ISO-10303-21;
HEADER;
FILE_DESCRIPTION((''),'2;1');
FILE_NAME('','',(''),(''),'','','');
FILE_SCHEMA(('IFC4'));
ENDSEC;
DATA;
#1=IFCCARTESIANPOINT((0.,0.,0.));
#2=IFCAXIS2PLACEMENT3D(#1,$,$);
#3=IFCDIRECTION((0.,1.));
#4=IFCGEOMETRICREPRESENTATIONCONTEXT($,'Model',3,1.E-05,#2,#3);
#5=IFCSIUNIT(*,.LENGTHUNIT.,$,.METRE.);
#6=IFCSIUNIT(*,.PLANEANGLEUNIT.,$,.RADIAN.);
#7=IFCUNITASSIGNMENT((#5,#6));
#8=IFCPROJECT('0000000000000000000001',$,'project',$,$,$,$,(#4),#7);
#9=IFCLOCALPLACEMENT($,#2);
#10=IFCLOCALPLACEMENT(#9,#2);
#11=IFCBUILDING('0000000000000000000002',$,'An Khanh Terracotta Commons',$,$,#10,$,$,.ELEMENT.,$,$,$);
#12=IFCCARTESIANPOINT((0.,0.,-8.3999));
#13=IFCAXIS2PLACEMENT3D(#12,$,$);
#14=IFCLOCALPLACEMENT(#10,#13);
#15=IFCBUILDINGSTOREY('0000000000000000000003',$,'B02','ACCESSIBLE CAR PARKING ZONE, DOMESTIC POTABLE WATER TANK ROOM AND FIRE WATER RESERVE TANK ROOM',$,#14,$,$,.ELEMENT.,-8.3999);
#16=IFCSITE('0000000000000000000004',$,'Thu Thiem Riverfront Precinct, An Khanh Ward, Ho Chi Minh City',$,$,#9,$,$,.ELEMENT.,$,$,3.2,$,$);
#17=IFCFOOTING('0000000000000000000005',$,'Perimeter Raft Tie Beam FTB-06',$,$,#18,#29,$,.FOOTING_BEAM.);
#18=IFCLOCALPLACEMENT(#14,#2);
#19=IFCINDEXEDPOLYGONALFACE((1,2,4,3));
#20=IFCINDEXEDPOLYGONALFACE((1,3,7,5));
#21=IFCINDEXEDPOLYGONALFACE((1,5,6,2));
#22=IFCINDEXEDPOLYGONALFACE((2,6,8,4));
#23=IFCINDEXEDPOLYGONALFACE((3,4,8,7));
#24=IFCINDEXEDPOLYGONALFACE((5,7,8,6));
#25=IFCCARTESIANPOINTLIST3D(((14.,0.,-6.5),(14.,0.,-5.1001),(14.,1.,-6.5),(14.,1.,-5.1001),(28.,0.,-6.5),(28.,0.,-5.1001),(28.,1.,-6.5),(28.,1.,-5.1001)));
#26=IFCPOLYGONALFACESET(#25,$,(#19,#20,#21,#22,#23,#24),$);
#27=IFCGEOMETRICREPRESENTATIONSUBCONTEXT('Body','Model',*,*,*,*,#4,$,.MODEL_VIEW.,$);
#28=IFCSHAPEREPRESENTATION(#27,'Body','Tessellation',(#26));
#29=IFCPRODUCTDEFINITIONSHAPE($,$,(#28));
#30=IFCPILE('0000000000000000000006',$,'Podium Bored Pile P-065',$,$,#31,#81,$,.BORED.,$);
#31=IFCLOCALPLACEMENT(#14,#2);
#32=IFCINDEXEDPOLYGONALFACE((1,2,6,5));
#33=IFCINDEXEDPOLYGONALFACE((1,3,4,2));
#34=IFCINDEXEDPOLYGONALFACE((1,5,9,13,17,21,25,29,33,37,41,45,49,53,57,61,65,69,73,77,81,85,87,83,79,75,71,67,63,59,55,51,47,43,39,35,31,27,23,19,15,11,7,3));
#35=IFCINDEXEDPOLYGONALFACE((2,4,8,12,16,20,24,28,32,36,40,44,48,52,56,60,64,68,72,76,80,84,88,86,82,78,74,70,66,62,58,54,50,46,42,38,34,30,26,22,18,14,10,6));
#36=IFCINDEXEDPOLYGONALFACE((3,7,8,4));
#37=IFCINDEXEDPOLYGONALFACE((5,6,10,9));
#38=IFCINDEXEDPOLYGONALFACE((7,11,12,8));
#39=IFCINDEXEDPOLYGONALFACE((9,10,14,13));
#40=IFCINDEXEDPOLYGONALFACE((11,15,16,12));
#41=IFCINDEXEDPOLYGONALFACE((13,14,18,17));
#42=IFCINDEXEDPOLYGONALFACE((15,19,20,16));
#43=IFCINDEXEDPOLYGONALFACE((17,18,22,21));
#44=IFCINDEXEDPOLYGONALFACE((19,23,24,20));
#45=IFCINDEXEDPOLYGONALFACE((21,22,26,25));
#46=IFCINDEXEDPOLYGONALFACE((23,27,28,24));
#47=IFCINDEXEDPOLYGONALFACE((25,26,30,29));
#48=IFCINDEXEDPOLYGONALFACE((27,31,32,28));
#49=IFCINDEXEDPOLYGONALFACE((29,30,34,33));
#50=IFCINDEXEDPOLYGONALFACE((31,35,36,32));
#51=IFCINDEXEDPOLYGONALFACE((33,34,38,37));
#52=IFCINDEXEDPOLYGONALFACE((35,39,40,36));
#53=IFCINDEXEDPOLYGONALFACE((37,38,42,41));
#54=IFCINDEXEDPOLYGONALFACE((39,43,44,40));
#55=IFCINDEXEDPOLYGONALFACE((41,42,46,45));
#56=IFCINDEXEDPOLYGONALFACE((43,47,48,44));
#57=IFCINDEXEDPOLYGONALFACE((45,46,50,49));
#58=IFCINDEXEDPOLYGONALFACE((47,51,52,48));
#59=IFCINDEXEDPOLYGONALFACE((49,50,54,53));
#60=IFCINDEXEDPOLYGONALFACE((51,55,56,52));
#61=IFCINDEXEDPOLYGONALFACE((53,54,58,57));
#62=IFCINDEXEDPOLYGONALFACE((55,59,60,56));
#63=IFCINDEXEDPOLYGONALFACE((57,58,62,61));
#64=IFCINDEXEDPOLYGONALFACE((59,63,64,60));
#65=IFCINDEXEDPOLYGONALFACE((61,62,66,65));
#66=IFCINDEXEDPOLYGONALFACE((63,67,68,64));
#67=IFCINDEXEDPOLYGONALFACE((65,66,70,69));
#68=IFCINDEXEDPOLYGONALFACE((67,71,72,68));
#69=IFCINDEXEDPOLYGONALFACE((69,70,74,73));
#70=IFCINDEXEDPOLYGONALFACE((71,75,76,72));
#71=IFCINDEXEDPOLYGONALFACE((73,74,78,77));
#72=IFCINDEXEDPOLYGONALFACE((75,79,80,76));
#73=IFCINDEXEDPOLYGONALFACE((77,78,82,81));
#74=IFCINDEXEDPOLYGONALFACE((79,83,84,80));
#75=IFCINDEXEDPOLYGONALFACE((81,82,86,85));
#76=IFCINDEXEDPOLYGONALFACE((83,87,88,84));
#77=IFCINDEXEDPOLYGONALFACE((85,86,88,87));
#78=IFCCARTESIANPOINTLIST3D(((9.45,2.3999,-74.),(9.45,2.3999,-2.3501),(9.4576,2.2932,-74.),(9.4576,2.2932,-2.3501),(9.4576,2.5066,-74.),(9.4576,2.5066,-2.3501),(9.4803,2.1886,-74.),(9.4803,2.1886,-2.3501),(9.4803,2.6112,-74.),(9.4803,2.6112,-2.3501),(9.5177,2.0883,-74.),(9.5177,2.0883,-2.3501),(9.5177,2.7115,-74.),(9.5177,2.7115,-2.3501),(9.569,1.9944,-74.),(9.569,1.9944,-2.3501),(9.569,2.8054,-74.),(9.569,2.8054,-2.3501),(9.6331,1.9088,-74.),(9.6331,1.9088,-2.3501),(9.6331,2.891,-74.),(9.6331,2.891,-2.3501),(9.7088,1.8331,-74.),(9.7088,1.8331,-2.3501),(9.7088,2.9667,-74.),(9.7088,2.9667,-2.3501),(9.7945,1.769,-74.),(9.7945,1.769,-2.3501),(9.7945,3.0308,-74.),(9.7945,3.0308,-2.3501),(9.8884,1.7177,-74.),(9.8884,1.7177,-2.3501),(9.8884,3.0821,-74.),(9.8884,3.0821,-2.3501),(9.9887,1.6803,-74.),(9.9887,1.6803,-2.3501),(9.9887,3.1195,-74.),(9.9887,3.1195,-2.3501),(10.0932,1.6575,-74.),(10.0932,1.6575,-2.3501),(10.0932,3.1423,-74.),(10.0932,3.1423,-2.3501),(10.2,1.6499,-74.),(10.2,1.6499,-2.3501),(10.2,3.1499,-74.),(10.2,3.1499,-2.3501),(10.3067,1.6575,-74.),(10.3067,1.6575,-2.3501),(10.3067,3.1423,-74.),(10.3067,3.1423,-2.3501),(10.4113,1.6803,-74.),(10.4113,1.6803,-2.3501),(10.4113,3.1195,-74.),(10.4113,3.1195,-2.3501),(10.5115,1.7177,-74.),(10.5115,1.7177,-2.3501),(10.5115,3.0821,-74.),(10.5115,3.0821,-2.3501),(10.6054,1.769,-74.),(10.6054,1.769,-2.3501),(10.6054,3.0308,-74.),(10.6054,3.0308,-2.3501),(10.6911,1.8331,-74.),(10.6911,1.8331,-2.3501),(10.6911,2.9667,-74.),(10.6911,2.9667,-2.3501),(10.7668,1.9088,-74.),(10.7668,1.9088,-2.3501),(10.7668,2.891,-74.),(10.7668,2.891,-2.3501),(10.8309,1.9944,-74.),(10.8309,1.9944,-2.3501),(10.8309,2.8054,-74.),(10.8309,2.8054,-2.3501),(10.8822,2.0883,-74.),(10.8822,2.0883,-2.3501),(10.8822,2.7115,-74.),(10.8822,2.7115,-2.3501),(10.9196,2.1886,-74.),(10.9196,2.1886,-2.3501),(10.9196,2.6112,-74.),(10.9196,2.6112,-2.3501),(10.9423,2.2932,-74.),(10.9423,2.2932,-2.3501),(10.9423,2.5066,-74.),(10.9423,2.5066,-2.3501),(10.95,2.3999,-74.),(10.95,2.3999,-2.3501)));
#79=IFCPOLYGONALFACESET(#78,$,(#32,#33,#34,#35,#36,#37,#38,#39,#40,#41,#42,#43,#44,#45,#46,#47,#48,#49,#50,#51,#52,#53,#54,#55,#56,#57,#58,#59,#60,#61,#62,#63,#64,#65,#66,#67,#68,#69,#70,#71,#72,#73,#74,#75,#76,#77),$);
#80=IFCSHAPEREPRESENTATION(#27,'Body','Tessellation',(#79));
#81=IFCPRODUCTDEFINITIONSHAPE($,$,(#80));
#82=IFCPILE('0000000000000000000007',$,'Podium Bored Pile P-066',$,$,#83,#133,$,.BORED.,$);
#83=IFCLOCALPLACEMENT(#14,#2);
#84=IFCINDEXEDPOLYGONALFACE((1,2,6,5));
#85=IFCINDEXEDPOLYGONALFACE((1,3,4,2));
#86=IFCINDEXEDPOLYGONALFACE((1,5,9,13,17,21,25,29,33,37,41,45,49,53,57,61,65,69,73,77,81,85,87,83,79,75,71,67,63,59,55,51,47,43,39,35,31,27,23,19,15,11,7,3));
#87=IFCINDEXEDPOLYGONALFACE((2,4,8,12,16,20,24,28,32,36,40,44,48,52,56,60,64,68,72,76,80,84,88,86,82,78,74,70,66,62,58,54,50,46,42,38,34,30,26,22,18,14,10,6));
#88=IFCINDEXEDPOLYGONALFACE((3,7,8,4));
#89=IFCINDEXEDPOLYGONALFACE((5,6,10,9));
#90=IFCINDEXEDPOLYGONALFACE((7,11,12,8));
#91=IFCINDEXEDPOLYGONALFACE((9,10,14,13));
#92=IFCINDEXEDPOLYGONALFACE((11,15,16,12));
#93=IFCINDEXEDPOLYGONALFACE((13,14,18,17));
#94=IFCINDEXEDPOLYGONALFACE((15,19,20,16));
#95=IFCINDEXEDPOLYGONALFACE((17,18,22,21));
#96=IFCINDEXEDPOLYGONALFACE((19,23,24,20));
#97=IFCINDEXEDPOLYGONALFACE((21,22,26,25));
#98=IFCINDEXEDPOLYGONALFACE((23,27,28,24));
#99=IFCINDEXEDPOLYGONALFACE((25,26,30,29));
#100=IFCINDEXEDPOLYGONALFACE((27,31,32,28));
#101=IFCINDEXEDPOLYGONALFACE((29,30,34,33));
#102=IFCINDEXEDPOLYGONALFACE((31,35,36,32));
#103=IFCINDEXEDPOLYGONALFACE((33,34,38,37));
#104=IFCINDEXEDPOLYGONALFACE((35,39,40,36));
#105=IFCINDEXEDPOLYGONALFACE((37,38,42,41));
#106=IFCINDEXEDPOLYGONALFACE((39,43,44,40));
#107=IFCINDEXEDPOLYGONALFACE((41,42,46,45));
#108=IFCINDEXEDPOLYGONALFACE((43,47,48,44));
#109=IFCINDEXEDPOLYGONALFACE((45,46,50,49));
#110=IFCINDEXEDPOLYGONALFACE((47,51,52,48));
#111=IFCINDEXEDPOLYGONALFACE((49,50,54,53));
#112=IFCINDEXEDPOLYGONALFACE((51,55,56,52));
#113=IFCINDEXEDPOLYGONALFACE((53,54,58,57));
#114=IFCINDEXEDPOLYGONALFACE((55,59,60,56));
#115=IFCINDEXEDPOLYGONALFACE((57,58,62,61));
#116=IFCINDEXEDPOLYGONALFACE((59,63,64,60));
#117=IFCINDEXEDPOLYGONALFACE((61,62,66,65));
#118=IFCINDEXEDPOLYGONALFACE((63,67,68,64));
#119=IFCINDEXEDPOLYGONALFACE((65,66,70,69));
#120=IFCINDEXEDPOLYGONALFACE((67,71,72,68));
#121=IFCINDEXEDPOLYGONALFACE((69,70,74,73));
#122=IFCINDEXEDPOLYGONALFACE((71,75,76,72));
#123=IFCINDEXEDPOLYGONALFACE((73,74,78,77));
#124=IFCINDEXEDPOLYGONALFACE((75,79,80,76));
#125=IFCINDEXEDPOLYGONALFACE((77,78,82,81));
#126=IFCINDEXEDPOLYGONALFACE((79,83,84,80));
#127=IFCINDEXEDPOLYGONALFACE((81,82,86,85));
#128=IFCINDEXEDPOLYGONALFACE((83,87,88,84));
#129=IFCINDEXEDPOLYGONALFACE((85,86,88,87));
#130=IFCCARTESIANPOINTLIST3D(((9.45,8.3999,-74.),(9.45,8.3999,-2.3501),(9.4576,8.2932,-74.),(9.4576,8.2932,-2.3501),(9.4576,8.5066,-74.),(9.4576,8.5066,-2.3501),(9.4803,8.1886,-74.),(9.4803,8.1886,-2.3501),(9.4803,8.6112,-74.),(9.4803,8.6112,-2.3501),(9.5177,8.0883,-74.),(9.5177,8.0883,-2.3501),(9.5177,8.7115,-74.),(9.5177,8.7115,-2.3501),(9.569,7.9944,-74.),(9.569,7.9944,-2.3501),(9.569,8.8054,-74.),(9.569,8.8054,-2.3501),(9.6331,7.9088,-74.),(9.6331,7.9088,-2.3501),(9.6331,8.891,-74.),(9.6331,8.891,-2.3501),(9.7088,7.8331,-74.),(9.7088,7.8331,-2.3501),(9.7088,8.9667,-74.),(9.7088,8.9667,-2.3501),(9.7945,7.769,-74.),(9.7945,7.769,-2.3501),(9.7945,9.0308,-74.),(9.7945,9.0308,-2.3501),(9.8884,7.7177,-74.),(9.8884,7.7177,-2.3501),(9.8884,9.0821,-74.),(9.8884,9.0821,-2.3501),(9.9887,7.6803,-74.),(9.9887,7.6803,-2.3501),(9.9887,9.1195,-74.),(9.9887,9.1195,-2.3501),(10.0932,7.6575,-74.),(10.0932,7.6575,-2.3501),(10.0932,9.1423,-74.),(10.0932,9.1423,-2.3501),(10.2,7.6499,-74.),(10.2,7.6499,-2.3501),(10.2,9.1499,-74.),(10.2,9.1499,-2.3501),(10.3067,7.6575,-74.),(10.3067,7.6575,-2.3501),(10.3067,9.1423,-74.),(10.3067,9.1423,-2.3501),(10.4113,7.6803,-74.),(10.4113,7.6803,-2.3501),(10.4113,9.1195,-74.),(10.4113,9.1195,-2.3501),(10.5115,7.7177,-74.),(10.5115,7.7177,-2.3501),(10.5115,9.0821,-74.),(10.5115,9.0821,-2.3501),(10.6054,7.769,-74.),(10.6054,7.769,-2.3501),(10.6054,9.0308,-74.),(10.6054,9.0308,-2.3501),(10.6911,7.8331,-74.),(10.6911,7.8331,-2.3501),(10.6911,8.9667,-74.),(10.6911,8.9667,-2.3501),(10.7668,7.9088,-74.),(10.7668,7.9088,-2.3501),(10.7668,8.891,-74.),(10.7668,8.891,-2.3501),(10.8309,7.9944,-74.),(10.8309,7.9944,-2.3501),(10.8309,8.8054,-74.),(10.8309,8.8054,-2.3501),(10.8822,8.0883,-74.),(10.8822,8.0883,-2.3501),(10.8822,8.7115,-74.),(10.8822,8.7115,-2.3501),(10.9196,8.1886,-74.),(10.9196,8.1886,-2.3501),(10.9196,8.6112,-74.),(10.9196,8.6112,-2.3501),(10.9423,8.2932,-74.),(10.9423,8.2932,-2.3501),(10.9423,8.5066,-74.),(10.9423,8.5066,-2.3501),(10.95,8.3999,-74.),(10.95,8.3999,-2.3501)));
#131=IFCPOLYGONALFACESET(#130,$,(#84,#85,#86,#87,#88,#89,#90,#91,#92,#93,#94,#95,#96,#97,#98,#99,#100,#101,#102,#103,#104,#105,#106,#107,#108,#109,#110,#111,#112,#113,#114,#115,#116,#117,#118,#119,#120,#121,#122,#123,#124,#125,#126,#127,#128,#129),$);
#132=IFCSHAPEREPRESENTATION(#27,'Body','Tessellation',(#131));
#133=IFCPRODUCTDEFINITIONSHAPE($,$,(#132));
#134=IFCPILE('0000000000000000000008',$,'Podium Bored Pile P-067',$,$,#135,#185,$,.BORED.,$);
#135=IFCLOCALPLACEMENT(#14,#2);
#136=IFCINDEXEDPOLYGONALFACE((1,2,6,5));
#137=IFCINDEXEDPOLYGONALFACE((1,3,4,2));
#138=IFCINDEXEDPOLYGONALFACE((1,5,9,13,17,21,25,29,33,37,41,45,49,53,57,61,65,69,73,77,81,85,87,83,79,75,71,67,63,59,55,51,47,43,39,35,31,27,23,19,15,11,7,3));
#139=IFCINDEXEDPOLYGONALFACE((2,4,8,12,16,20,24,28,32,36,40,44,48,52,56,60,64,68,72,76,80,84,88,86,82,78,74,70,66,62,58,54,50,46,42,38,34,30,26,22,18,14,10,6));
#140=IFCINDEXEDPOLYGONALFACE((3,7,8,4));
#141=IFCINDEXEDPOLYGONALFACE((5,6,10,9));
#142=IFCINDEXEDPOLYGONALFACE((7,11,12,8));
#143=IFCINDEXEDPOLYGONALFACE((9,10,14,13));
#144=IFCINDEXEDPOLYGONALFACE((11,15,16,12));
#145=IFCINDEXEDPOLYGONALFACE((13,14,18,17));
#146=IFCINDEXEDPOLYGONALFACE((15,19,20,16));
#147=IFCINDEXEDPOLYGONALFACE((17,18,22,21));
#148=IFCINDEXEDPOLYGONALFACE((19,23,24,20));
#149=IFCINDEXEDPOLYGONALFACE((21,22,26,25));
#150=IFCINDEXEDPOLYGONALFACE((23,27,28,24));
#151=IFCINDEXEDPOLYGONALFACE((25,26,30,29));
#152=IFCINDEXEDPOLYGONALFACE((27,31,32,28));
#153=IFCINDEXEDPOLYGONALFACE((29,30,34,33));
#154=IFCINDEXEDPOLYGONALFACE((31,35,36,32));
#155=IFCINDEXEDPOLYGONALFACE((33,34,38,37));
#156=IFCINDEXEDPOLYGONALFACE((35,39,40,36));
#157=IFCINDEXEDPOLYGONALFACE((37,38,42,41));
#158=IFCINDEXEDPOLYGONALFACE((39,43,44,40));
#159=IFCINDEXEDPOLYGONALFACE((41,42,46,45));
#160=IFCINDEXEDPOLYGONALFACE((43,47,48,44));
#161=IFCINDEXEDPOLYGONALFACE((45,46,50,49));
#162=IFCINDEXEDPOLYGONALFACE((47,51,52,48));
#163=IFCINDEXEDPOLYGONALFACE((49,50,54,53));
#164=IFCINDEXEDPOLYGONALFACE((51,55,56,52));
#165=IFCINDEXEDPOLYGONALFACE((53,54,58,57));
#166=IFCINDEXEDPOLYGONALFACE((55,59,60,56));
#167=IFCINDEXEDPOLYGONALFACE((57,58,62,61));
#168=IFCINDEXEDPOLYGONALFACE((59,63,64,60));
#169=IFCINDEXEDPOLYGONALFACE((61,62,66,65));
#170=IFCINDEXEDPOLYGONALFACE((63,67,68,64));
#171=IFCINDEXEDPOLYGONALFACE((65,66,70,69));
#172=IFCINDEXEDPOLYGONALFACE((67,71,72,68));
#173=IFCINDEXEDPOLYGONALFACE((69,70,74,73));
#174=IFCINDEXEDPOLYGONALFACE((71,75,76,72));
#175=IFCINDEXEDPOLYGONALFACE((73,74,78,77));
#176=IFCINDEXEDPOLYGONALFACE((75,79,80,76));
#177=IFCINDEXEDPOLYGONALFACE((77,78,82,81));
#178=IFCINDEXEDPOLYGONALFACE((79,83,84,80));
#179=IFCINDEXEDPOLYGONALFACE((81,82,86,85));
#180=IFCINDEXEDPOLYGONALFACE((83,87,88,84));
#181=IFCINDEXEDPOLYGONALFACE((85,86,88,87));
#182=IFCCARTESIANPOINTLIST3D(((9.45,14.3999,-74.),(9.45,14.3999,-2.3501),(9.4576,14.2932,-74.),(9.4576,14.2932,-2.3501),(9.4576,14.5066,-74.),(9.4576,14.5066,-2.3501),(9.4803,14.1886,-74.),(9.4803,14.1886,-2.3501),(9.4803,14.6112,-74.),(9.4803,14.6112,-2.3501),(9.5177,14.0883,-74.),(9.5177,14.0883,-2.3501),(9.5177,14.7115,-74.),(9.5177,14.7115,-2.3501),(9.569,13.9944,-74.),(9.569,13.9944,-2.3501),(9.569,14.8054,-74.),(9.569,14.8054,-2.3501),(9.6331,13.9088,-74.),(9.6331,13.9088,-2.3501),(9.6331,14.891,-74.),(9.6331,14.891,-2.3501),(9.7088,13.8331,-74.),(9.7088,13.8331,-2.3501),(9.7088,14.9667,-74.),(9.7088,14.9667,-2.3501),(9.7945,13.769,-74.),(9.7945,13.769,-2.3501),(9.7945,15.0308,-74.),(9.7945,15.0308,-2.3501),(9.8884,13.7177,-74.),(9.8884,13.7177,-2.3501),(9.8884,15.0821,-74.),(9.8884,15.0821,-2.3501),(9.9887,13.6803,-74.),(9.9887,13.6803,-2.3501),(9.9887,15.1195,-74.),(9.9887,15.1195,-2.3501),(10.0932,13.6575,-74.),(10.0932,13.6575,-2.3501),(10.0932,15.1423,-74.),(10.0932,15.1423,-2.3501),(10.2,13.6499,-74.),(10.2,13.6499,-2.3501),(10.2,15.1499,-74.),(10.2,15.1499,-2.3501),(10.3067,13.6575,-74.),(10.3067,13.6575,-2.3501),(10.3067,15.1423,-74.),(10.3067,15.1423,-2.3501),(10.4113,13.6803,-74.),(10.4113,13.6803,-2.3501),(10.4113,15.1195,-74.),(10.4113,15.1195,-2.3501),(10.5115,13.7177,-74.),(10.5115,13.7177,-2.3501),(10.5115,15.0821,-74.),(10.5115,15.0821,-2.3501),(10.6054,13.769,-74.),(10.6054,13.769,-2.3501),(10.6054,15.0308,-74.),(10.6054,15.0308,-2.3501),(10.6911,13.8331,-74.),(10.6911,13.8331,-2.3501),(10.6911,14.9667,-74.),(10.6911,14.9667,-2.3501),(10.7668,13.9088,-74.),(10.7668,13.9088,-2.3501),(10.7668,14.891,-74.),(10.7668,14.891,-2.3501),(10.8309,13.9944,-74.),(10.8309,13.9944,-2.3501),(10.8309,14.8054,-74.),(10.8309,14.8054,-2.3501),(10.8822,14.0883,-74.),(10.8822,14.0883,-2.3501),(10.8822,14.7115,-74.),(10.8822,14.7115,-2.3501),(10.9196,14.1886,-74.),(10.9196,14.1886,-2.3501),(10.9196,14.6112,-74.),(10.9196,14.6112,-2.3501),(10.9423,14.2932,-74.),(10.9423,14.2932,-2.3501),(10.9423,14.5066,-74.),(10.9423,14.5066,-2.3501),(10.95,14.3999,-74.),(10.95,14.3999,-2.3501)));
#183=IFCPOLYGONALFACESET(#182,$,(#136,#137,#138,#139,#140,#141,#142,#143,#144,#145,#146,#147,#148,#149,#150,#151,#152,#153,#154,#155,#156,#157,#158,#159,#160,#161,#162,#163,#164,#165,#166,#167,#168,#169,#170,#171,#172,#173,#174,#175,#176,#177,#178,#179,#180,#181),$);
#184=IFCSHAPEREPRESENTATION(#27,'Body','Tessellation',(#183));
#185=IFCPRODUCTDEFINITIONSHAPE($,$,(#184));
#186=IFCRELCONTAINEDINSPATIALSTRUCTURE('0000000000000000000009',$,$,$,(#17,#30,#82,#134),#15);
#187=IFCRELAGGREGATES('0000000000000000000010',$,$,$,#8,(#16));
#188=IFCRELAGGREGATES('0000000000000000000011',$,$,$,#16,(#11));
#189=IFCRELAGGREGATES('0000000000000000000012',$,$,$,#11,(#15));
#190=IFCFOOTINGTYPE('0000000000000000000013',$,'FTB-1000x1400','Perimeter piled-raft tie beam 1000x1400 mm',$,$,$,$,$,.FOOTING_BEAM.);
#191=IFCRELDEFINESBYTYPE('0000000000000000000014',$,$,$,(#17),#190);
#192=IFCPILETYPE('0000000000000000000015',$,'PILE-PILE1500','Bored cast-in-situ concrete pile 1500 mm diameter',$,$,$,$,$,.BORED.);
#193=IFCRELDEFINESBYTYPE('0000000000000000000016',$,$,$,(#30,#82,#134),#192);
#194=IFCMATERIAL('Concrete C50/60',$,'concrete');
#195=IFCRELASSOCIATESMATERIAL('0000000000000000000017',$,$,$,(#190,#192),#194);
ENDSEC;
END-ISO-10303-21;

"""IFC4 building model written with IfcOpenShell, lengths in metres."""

from ifc_helpers import new_model, si_unit, direction, frame, origin, origin_2d, place, context, subcontext, project, spatial, rectangle, circle, extrude, material, material_profile, profile_set, type_object, element, save


model = new_model("IFC4")

# Units and contexts
model_context = context("Model", 3, precision=1e-05, world=origin(), true_north=direction((0.0, 1.0)))
body_context = subcontext(model_context, "Body", "Model", "MODEL_VIEW")
ifc_project = project(units=[si_unit("LENGTHUNIT", "METRE"), si_unit("PLANEANGLEUNIT", "RADIAN")], contexts=[model_context])

# Site, building, storey
site_placement = place(None, origin())
site = spatial("IfcSite", under=ifc_project, at=site_placement, Name="Thu Thiem Riverfront Precinct, An Khanh Ward, Ho Chi Minh City", CompositionType="ELEMENT", RefElevation=3.2)
building_placement = place(site_placement, origin())
building = spatial("IfcBuilding", under=site, at=building_placement, Name="An Khanh Terracotta Commons", CompositionType="ELEMENT")
storey_placement = place(building_placement, frame((0.0, 0.0, -8.3999)))
storey = spatial("IfcBuildingStorey", under=building, at=storey_placement, Name="B02", Description="ACCESSIBLE CAR PARKING ZONE, DOMESTIC POTABLE WATER TANK ROOM AND FIRE WATER RESERVE TANK ROOM", CompositionType="ELEMENT", Elevation=-8.3999)

# Footing
ifc_material_1 = material(Name="Concrete C50/60", Category="concrete")
ifc_material_profile_1 = material_profile(ifc_material_1, rectangle(XDim=1.0, YDim=1.3999, at=origin_2d()), Name="FTB1000x1400")
ifc_profile_set_1 = profile_set([ifc_material_profile_1], Name="Concrete C50/60")
footing_type = type_object("IfcFootingType", Name="FTB-1000x1400", Description="Perimeter piled-raft tie beam 1000x1400 mm", PredefinedType="FOOTING_BEAM", material=ifc_profile_set_1)
footing_placement = place(storey_placement, frame((14.0, 0.5, -5.8), z_axis=(1.0, 0.0, 0.0), x_axis=(0.0, 1.0, 0.0)))
element("IfcFooting", 1, at=footing_placement, inside=storey, type_object=footing_type, Name="Perimeter Raft Tie Beam FTB-06", PredefinedType="FOOTING_BEAM", context=body_context, shape_type="SweptSolid", body=[
    extrude(rectangle(XDim=1.0, YDim=1.3999, at=origin_2d()), origin(), (0.0, 0.0, 1.0), 14.0),
])

# Piles
ifc_material_profile_2 = material_profile(ifc_material_1, circle(Radius=0.75, at=origin_2d()), Name="PILE1500")
ifc_profile_set_2 = profile_set([ifc_material_profile_2], Name="Concrete C50/60")
pile_type_1 = type_object("IfcPileType", Name="PILE-PILE1500", Description="Bored cast-in-situ concrete pile 1500 mm diameter", PredefinedType="BORED", material=ifc_profile_set_2)
for number, where, z_axis, x_axis, name in (
    (2, (10.2, 2.3999, -2.3501), (0.0, 0.0, -1.0), (1.0, 0.0, 0.0), "Podium Bored Pile P-065"),
    (3, (10.2, 8.3999, -2.3501), (0.0, 0.0, -1.0), (1.0, 0.0, 0.0), "Podium Bored Pile P-066"),
    (4, (10.2, 14.3999, -2.3501), (0.0, 0.0, -1.0), (1.0, 0.0, 0.0), "Podium Bored Pile P-067"),
):
    element("IfcPile", number, at=place(storey_placement, frame(where, z_axis=z_axis, x_axis=x_axis)), inside=storey, type_object=pile_type_1, Name=name, PredefinedType="BORED", context=body_context, shape_type="SweptSolid", body=[
        extrude(circle(Radius=0.75, at=origin_2d()), origin(), (0.0, 0.0, 1.0), 71.6499),
    ])

save(model, "model.ifc")
